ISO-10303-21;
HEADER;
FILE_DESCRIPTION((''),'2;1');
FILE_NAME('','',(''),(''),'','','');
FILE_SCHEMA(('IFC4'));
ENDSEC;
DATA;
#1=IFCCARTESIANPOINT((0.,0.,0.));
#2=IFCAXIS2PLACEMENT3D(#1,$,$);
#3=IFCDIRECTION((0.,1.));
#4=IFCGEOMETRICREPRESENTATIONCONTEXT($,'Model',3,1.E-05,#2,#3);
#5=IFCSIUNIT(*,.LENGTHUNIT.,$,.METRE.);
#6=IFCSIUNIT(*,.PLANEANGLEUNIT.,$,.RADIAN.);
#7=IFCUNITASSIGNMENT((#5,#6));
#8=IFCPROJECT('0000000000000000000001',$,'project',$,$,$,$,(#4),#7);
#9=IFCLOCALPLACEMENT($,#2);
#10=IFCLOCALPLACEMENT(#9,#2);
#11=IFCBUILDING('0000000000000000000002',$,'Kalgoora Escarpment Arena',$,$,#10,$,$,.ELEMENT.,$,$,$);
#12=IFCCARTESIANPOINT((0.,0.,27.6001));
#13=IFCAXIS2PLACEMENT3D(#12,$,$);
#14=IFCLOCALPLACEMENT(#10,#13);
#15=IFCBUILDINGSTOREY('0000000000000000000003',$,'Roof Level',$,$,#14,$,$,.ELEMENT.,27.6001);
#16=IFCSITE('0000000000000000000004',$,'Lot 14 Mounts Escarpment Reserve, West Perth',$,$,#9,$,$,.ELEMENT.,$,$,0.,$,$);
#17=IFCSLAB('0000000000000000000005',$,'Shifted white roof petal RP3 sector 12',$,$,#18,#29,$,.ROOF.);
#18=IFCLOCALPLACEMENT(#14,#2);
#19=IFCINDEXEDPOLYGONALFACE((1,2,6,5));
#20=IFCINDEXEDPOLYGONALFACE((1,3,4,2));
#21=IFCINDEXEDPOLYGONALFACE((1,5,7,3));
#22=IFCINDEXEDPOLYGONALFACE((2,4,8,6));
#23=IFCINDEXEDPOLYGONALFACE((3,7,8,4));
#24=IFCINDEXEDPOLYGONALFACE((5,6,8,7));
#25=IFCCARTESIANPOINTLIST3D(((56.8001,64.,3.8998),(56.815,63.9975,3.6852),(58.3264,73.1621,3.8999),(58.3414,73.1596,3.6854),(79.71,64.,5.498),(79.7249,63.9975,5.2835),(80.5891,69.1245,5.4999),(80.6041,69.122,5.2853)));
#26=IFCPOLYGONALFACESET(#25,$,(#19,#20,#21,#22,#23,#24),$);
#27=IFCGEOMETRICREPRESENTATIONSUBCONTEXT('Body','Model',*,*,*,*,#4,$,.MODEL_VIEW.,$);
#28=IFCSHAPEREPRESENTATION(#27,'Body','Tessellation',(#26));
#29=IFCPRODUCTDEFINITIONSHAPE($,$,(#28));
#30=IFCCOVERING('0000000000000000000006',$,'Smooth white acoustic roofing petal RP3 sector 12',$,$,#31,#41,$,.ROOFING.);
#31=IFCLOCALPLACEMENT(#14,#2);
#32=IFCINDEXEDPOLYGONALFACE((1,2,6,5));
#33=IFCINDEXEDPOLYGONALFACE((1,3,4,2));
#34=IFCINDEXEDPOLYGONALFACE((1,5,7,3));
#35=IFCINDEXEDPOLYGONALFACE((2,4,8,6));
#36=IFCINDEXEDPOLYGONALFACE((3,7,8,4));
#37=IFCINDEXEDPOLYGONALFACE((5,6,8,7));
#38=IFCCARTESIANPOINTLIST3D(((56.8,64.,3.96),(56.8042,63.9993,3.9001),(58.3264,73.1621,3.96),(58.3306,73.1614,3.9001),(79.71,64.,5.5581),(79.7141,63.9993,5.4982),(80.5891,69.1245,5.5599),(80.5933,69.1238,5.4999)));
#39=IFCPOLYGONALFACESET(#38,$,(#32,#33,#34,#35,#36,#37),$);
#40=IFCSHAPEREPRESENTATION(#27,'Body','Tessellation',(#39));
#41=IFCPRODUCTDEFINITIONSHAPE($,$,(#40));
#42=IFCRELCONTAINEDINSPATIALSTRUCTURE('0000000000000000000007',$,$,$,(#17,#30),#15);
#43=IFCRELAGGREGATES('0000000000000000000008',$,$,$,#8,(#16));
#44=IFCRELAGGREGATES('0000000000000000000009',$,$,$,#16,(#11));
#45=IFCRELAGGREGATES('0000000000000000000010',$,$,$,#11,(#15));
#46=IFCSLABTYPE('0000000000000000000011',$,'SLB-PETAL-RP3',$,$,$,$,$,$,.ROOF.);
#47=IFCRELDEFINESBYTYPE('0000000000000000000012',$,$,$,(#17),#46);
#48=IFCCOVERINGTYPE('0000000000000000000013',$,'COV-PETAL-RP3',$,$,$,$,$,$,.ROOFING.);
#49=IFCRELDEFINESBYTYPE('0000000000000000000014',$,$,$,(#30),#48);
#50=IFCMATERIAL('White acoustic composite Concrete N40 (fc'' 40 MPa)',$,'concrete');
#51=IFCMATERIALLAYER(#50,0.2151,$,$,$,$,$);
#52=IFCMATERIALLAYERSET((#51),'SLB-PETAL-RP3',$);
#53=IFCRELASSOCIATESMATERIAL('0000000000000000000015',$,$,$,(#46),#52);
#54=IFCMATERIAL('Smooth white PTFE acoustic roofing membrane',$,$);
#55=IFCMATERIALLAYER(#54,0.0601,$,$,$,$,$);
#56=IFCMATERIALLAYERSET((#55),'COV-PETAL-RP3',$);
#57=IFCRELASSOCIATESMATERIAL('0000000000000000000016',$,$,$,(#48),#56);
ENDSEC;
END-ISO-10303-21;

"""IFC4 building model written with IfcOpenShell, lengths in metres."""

from ifc_helpers import new_model, si_unit, direction, frame, origin, place, context, subcontext, project, spatial, polyline, outline, extrude, material, layer, layer_set, type_object, element, save


model = new_model("IFC4")

# Units and contexts
model_context = context("Model", 3, precision=1e-05, world=origin(), true_north=direction((0.0, 1.0)))
body_context = subcontext(model_context, "Body", "Model", "MODEL_VIEW")
ifc_project = project(units=[si_unit("LENGTHUNIT", "METRE"), si_unit("PLANEANGLEUNIT", "RADIAN")], contexts=[model_context])

# Site, building, storey
site_placement = place(None, origin())
site = spatial("IfcSite", under=ifc_project, at=site_placement, Name="Lot 14 Mounts Escarpment Reserve, West Perth", CompositionType="ELEMENT", RefElevation=0.0)
building_placement = place(site_placement, origin())
building = spatial("IfcBuilding", under=site, at=building_placement, Name="Kalgoora Escarpment Arena", CompositionType="ELEMENT")
storey_placement = place(building_placement, frame((0.0, 0.0, 27.6001)))
storey = spatial("IfcBuildingStorey", under=building, at=storey_placement, Name="Roof Level", CompositionType="ELEMENT", Elevation=27.6001)

# Slab
ifc_material_1 = material(Name="White acoustic composite Concrete N40 (fc' 40 MPa)", Category="concrete")
ifc_layer_1 = layer(ifc_material_1, 0.2151)
ifc_layer_set_1 = layer_set([ifc_layer_1], Name="SLB-PETAL-RP3")
slab_type = type_object("IfcSlabType", Name="SLB-PETAL-RP3", PredefinedType="ROOF", material=ifc_layer_set_1)
slab_placement = place(storey_placement, frame((58.3264, 73.1621, 3.8999), z_axis=(-0.069589, 0.011581, 0.997509), x_axis=(-0.16433, -0.986405, -0.000012)))
element("IfcSlab", 1, at=slab_placement, inside=storey, type_object=slab_type, Name="Shifted white roof petal RP3 sector 12", PredefinedType="ROOF", context=body_context, shape_type="SweptSolid", body=[
    extrude(outline(polyline([(0.0, 0.0), (9.2884, 0.0), (5.5236, 22.6549), (0.3243, 22.6801), (0.0, 0.0)])), origin(), (0.0, 0.0, -1.0), 0.2151),
])

# Covering
ifc_material_2 = material(Name="Smooth white PTFE acoustic roofing membrane")
ifc_layer_2 = layer(ifc_material_2, 0.0601)
ifc_layer_set_2 = layer_set([ifc_layer_2], Name="COV-PETAL-RP3")
covering_type = type_object("IfcCoveringType", Name="COV-PETAL-RP3", PredefinedType="ROOFING", material=ifc_layer_set_2)
covering_placement = place(storey_placement, frame((58.3264, 73.1621, 3.96), z_axis=(-0.069582, 0.011597, 0.997509), x_axis=(-0.164331, -0.986405, 0.000004)))
element("IfcCovering", 2, at=covering_placement, inside=storey, type_object=covering_type, Name="Smooth white acoustic roofing petal RP3 sector 12", PredefinedType="ROOFING", context=body_context, shape_type="SweptSolid", body=[
    extrude(outline(polyline([(0.0, 0.0), (9.2884, 0.0), (5.5236, 22.6549), (0.3243, 22.68), (0.0, 0.0)])), origin(), (0.0, 0.0, -1.0), 0.0601),
])

save(model, "model.ifc")
